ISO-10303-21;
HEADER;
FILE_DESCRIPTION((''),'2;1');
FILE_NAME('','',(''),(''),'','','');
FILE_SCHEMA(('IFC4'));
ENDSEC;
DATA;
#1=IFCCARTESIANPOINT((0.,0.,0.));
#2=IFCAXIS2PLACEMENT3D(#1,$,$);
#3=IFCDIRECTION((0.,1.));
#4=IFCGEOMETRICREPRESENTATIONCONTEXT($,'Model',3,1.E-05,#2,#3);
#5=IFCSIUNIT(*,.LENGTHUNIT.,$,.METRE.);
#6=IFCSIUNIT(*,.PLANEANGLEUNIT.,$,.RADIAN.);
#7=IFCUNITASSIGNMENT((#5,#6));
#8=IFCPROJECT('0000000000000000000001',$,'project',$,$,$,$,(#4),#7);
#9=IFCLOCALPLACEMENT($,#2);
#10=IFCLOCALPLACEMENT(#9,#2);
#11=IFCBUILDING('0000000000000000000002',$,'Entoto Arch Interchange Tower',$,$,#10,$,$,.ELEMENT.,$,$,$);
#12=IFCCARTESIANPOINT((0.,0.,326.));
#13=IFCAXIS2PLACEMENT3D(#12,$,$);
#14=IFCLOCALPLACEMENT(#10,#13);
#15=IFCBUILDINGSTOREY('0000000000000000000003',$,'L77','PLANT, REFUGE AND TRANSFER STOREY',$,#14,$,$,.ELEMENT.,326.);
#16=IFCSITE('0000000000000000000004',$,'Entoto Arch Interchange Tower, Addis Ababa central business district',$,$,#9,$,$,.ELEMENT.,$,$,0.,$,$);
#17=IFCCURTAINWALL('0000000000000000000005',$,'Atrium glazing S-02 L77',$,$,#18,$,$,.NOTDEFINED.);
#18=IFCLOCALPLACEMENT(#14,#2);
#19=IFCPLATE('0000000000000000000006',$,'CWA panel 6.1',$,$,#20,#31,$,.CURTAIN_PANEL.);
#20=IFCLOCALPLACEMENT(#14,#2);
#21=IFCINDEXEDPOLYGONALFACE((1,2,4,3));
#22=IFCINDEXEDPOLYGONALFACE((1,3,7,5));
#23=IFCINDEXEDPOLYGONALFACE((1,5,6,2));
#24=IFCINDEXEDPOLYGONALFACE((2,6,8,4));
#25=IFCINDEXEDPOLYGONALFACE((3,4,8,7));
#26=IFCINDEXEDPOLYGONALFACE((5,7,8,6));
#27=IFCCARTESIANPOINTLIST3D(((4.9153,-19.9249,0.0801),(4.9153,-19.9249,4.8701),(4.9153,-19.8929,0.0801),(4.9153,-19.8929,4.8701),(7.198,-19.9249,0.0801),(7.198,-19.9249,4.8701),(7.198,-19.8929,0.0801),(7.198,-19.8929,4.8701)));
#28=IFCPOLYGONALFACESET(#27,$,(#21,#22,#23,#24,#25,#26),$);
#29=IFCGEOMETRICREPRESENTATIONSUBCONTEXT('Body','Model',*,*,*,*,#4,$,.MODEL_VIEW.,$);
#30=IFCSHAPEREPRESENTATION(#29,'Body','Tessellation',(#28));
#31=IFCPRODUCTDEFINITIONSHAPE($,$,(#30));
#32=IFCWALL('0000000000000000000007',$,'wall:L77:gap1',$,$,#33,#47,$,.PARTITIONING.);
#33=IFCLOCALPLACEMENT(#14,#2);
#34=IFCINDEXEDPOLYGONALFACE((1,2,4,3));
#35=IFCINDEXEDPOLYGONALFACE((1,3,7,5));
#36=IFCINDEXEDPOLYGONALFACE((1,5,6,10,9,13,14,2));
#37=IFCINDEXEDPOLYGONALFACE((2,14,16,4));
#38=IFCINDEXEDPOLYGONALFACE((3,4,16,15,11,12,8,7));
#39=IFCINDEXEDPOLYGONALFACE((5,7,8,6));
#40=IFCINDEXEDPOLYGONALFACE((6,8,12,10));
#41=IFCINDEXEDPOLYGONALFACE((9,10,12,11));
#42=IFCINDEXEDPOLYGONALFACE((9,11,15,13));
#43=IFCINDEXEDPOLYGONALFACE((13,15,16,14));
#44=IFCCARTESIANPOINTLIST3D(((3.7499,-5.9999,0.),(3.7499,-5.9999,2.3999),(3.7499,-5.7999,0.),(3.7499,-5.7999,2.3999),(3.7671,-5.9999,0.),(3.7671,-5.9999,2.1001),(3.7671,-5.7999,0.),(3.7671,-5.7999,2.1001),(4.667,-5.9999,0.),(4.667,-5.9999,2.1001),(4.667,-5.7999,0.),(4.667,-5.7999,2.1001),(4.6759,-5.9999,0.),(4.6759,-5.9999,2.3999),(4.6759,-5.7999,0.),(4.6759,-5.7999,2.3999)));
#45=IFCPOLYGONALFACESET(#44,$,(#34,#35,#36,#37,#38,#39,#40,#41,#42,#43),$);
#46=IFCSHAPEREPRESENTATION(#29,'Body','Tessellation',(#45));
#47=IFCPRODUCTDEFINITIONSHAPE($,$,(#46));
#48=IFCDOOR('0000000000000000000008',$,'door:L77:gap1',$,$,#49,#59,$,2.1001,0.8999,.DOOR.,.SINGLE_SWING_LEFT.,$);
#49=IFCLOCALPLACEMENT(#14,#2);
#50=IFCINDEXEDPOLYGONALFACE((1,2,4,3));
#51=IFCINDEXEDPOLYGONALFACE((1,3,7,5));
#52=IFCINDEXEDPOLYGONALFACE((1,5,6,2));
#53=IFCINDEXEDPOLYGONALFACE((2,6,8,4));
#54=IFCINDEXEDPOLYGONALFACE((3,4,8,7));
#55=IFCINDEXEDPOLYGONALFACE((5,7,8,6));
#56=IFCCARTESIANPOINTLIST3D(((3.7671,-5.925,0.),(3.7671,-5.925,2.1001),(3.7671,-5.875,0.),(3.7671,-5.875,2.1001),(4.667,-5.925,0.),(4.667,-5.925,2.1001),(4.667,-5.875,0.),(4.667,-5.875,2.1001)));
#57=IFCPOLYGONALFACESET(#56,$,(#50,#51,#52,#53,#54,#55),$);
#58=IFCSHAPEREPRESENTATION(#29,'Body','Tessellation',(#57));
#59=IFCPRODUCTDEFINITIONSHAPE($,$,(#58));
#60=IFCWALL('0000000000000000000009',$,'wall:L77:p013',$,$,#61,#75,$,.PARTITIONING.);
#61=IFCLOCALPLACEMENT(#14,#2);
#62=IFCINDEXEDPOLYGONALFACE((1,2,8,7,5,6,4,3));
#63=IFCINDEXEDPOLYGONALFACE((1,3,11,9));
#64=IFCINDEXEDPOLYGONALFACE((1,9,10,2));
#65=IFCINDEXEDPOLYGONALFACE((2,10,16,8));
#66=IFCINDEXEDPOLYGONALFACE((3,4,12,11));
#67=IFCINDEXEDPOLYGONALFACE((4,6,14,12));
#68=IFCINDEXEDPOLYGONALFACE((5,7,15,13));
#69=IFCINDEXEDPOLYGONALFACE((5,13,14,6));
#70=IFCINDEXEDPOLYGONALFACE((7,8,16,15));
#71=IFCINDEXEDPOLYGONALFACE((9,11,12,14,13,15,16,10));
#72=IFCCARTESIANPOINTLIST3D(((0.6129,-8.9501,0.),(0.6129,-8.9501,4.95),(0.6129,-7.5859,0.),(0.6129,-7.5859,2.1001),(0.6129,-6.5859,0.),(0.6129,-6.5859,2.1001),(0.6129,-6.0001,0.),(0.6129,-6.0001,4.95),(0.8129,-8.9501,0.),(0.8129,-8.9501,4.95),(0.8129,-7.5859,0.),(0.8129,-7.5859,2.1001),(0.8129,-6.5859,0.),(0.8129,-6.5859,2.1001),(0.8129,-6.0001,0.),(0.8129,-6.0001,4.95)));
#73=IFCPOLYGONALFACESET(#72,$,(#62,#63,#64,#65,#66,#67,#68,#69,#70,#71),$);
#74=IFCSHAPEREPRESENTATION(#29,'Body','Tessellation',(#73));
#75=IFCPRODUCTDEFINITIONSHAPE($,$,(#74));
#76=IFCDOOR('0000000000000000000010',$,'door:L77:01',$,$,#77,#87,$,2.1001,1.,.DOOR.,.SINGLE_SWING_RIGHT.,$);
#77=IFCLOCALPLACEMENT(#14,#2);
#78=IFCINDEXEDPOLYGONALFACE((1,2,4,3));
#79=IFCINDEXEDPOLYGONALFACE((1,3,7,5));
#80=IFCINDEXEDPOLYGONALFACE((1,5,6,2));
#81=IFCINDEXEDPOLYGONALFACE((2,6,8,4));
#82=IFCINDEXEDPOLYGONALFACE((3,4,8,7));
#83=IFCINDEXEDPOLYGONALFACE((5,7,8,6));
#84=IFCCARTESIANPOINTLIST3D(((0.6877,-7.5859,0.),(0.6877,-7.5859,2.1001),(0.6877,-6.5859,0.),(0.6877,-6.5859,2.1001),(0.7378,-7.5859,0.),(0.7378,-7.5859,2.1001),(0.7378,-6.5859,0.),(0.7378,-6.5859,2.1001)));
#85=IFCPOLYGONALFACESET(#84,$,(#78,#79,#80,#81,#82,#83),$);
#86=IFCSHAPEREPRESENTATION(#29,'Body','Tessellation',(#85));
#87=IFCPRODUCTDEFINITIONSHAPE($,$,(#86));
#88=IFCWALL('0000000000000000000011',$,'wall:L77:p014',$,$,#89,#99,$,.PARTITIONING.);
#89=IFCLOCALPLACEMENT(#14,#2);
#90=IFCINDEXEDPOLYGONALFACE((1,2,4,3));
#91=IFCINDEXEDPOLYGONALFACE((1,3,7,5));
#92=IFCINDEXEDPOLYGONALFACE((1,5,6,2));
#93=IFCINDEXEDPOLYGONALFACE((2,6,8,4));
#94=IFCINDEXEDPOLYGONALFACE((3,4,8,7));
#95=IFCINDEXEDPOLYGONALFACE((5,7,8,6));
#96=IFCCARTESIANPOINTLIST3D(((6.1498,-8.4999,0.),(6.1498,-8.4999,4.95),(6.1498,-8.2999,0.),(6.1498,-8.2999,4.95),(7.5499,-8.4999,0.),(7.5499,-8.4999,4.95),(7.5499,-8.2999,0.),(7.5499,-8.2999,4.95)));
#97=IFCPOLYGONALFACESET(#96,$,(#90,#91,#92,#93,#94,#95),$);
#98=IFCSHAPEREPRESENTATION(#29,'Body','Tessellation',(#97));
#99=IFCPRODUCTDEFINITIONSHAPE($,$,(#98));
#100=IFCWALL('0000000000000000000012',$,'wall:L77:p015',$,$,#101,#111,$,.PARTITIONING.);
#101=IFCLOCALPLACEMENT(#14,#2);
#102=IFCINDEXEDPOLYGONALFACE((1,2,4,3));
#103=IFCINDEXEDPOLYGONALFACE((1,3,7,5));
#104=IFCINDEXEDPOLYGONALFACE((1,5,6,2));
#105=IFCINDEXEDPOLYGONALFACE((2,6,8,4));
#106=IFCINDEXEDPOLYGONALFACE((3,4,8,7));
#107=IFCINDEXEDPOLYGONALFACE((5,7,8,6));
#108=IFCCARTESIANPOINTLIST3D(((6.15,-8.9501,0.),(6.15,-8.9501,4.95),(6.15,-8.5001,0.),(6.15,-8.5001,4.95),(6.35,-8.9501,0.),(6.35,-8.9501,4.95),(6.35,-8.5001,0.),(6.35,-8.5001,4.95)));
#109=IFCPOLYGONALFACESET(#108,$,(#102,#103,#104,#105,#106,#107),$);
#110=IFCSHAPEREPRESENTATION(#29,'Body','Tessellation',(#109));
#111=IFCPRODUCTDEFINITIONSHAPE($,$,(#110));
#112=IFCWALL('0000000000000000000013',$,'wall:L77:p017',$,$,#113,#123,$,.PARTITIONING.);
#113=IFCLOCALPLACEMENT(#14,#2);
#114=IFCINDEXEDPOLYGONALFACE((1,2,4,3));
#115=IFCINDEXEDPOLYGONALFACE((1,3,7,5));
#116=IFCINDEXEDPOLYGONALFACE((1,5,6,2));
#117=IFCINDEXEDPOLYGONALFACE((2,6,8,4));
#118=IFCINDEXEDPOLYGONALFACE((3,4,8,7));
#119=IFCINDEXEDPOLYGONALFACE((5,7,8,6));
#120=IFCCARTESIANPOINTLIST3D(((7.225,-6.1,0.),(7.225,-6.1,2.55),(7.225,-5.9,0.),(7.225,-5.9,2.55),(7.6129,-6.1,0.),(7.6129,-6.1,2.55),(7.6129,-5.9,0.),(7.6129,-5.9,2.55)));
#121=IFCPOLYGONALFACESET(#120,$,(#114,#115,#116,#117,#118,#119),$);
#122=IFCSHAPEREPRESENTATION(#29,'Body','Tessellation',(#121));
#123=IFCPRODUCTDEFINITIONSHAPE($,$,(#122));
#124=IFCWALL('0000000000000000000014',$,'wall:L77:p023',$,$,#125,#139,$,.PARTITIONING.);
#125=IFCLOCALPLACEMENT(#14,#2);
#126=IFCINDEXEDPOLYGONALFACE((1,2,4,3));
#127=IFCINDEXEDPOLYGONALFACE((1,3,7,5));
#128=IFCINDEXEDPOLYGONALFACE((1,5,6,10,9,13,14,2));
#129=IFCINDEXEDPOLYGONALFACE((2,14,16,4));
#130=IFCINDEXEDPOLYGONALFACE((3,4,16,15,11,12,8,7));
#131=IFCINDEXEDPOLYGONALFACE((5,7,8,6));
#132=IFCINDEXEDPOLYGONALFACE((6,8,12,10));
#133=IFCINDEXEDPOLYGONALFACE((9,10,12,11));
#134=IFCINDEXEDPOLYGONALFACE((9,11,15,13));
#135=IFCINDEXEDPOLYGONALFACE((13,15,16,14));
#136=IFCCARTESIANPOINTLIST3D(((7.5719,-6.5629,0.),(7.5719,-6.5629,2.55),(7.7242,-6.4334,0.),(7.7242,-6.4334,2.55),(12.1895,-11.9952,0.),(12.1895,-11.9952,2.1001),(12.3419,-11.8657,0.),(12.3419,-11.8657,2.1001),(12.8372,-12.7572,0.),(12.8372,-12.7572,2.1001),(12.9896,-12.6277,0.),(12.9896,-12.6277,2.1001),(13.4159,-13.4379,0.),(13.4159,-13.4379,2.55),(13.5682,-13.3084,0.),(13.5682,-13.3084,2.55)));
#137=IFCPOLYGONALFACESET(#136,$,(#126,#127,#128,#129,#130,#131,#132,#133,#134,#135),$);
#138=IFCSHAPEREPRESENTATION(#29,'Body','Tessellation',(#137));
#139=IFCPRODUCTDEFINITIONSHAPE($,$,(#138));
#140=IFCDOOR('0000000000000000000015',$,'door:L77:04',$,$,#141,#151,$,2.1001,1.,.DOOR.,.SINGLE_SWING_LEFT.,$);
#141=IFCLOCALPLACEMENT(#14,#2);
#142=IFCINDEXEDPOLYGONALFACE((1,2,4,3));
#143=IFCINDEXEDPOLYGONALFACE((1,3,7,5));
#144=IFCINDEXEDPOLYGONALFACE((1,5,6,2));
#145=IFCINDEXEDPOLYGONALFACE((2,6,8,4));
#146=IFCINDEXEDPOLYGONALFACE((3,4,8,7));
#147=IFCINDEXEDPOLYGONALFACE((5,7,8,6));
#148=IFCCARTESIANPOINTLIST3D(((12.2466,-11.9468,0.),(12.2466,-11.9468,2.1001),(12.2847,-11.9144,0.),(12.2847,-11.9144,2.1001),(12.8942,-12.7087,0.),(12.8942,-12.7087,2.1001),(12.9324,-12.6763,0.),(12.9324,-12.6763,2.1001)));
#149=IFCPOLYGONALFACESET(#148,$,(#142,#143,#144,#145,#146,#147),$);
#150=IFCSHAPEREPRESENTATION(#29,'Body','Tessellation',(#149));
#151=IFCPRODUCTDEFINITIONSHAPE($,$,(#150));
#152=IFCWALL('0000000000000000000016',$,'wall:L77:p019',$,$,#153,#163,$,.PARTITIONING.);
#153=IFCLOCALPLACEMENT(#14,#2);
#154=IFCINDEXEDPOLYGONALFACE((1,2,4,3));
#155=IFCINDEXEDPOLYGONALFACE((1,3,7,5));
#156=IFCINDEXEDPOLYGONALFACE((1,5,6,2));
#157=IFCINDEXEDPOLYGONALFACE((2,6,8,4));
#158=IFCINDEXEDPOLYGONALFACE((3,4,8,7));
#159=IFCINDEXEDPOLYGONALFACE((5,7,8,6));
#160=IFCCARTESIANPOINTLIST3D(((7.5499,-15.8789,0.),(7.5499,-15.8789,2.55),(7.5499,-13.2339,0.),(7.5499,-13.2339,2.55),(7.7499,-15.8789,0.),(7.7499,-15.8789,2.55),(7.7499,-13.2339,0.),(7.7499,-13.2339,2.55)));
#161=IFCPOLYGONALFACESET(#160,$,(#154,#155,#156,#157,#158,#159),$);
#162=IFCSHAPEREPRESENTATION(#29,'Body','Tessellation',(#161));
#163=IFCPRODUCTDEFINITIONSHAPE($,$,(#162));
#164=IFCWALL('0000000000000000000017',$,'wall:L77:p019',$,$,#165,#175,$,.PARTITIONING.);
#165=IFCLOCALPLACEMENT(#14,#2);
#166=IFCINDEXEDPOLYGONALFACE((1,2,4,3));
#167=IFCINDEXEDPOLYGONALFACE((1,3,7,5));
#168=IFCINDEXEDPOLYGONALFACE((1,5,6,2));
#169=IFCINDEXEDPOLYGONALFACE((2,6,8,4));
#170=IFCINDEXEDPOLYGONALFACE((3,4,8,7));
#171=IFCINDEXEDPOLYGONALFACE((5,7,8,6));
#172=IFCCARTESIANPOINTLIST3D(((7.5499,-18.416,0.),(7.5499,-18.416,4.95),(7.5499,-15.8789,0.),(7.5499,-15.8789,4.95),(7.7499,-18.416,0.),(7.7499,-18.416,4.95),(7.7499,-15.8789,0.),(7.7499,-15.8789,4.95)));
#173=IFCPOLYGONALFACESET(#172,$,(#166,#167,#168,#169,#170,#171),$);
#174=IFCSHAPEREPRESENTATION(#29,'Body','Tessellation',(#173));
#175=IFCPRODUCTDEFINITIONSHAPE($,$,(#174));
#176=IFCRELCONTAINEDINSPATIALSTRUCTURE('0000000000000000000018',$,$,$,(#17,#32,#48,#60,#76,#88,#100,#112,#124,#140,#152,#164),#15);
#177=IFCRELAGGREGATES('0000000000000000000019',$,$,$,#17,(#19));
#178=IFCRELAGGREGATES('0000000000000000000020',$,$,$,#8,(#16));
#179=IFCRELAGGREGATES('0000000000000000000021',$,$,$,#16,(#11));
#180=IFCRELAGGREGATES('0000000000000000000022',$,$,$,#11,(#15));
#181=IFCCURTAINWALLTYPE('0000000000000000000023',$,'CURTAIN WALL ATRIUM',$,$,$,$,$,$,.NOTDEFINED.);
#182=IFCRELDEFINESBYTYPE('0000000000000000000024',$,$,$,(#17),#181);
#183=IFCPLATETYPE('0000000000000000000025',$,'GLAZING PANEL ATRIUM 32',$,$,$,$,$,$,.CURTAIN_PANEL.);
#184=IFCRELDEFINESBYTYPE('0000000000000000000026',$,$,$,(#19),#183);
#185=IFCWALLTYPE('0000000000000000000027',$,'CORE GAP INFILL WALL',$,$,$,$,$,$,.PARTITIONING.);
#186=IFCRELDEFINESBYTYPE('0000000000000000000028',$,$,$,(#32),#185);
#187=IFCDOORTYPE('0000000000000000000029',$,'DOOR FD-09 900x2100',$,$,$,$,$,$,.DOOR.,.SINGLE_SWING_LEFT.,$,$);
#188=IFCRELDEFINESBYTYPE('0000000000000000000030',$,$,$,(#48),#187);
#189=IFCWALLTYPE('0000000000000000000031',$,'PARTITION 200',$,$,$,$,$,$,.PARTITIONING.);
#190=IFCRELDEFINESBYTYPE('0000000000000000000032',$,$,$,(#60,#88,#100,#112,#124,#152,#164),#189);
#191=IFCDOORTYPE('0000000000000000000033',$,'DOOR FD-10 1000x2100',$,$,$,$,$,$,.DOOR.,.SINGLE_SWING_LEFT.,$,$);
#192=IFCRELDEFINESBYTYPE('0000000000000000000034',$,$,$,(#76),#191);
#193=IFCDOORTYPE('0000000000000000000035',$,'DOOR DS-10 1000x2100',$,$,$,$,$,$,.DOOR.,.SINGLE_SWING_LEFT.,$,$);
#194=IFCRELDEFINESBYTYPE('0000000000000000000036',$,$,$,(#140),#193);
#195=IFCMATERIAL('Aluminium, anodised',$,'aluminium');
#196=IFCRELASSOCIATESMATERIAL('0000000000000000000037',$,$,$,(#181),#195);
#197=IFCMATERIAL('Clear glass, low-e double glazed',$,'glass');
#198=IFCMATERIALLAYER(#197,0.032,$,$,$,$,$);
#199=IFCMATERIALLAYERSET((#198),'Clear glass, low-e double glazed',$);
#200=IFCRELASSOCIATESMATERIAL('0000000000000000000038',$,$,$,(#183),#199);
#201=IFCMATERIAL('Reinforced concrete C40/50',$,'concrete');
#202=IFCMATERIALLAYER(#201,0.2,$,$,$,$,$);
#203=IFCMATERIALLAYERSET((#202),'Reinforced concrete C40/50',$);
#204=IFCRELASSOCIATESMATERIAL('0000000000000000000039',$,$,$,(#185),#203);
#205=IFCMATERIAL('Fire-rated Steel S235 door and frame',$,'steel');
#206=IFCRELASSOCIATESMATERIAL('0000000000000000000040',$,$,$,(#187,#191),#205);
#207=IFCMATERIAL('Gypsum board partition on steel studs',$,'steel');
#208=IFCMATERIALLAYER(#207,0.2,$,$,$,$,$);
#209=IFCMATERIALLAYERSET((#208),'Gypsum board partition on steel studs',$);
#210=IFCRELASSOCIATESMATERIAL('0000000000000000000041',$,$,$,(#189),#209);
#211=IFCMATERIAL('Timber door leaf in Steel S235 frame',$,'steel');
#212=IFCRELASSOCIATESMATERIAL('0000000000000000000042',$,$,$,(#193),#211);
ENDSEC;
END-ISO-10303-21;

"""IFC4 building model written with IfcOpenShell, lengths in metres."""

from ifc_helpers import new_model, si_unit, direction, frame, frame_2d, origin, origin_2d, place, context, subcontext, project, spatial, rectangle, extrude, material, layer, layer_set, type_object, element, fill, aggregate, save


model = new_model("IFC4")

# Units and contexts
model_context = context("Model", 3, precision=1e-05, world=origin(), true_north=direction((0.0, 1.0)))
body_context = subcontext(model_context, "Body", "Model", "MODEL_VIEW")
ifc_project = project(units=[si_unit("LENGTHUNIT", "METRE"), si_unit("PLANEANGLEUNIT", "RADIAN")], contexts=[model_context])

# Site, building, storey
site_placement = place(None, origin())
site = spatial("IfcSite", under=ifc_project, at=site_placement, Name="Entoto Arch Interchange Tower, Addis Ababa central business district", CompositionType="ELEMENT", RefElevation=0.0)
building_placement = place(site_placement, origin())
building = spatial("IfcBuilding", under=site, at=building_placement, Name="Entoto Arch Interchange Tower", CompositionType="ELEMENT")
storey_placement = place(building_placement, frame((0.0, 0.0, 326.0)))
storey = spatial("IfcBuildingStorey", under=building, at=storey_placement, Name="L77", Description="PLANT, REFUGE AND TRANSFER STOREY", CompositionType="ELEMENT", Elevation=326.0)

# Curtain wall
ifc_material_1 = material(Name="Aluminium, anodised", Category="aluminium")
curtain_wall_type = type_object("IfcCurtainWallType", Name="CURTAIN WALL ATRIUM", PredefinedType="NOTDEFINED", material=ifc_material_1)
curtain_wall_placement = place(storey_placement, origin())
curtain_wall = element("IfcCurtainWall", 1, at=curtain_wall_placement, inside=storey, type_object=curtain_wall_type, Name="Atrium glazing S-02 L77", PredefinedType="NOTDEFINED")

# Plate
ifc_material_2 = material(Name="Clear glass, low-e double glazed", Category="glass")
ifc_layer_1 = layer(ifc_material_2, 0.032)
ifc_layer_set_1 = layer_set([ifc_layer_1], Name="Clear glass, low-e double glazed")
plate_type = type_object("IfcPlateType", Name="GLAZING PANEL ATRIUM 32", PredefinedType="CURTAIN_PANEL", material=ifc_layer_set_1)
plate_1_placement = place(storey_placement, frame((6.0566, -19.9089, 0.0801), z_axis=(0.0, 0.0, 1.0), x_axis=(1.0, 0.0, 0.0)))
plate_1 = element("IfcPlate", 2, at=plate_1_placement, type_object=plate_type, Name="CWA panel 6.1", PredefinedType="CURTAIN_PANEL", context=body_context, shape_type="SweptSolid", body=[
    extrude(rectangle(XDim=2.2827, YDim=0.032, at=origin_2d()), origin(), (0.0, 0.0, 1.0), 4.79),
])
aggregate(curtain_wall, [plate_1])

# Walls, openings, doors
ifc_material_3 = material(Name="Reinforced concrete C40/50", Category="concrete")
ifc_layer_2 = layer(ifc_material_3, 0.2)
ifc_layer_set_2 = layer_set([ifc_layer_2], Name="Reinforced concrete C40/50")
wall_type_1 = type_object("IfcWallType", Name="CORE GAP INFILL WALL", PredefinedType="PARTITIONING", material=ifc_layer_set_2)
wall_1_placement = place(storey_placement, frame((3.75, -5.8999, 0.0), z_axis=(0.0, 0.0, 1.0), x_axis=(1.0, 0.0, 0.0)))
wall_1 = element("IfcWall", 3, at=wall_1_placement, inside=storey, type_object=wall_type_1, Name="wall:L77:gap1", PredefinedType="PARTITIONING", context=body_context, shape_type="SweptSolid", body=[
    extrude(rectangle(XDim=0.926, YDim=0.2, at=frame_2d((0.4629, 0.0))), origin(), (0.0, 0.0, 1.0), 2.3999),
])
opening_1_placement = place(wall_1_placement, frame((0.0171, 0.0, 0.0)))
opening_1 = element("IfcOpeningElement", 4, at=opening_1_placement, cuts=wall_1, PredefinedType="OPENING", context=body_context, shape_type="SweptSolid", body=[
    extrude(rectangle(XDim=0.8999, YDim=2.1001, at=frame_2d((0.45, 1.05))), frame((0.0, 0.1099, 0.0), z_axis=(0.0, -1.0, 0.0), x_axis=(1.0, 0.0, 0.0)), (0.0, 0.0, 1.0), 0.22),
])
ifc_material_4 = material(Name="Fire-rated Steel S235 door and frame", Category="steel")
door_type_1 = type_object("IfcDoorType", Name="DOOR FD-09 900x2100", OperationType="SINGLE_SWING_LEFT", PredefinedType="DOOR", material=ifc_material_4)
door_1_placement = place(opening_1_placement, origin())
door_1 = element("IfcDoor", 5, at=door_1_placement, inside=storey, type_object=door_type_1, Name="door:L77:gap1", OperationType="SINGLE_SWING_LEFT", OverallHeight=2.1001, OverallWidth=0.8999, PredefinedType="DOOR", context=body_context, shape_type="SweptSolid", body=[
    extrude(rectangle(XDim=0.8999, YDim=2.1001, at=frame_2d((0.45, 1.05))), frame((0.0, 0.0249, 0.0), z_axis=(0.0, -1.0, 0.0), x_axis=(1.0, 0.0, 0.0)), (0.0, 0.0, 1.0), 0.05),
])
fill(opening_1, door_1)
ifc_material_5 = material(Name="Gypsum board partition on steel studs", Category="steel")
ifc_layer_3 = layer(ifc_material_5, 0.2)
ifc_layer_set_3 = layer_set([ifc_layer_3], Name="Gypsum board partition on steel studs")
wall_type_2 = type_object("IfcWallType", Name="PARTITION 200", PredefinedType="PARTITIONING", material=ifc_layer_set_3)
wall_2_placement = place(storey_placement, frame((0.7129, -6.0, 0.0), z_axis=(0.0, 0.0, 1.0), x_axis=(0.0, -1.0, 0.0)))
wall_2 = element("IfcWall", 6, at=wall_2_placement, inside=storey, type_object=wall_type_2, Name="wall:L77:p013", PredefinedType="PARTITIONING", context=body_context, shape_type="SweptSolid", body=[
    extrude(rectangle(XDim=2.95, YDim=0.2, at=frame_2d((1.4751, 0.0))), origin(), (0.0, 0.0, 1.0), 4.95),
])
opening_2_placement = place(wall_2_placement, frame((0.5859, 0.0, 0.0)))
opening_2 = element("IfcOpeningElement", 7, at=opening_2_placement, cuts=wall_2, PredefinedType="OPENING", context=body_context, shape_type="SweptSolid", body=[
    extrude(rectangle(XDim=1.0, YDim=2.1001, at=frame_2d((0.5, 1.05))), frame((0.0, 0.1099, 0.0), z_axis=(0.0, -1.0, 0.0), x_axis=(1.0, 0.0, 0.0)), (0.0, 0.0, 1.0), 0.22),
])
door_type_2 = type_object("IfcDoorType", Name="DOOR FD-10 1000x2100", OperationType="SINGLE_SWING_LEFT", PredefinedType="DOOR", material=ifc_material_4)
door_2_placement = place(opening_2_placement, origin())
door_2 = element("IfcDoor", 8, at=door_2_placement, inside=storey, type_object=door_type_2, Name="door:L77:01", OperationType="SINGLE_SWING_RIGHT", OverallHeight=2.1001, OverallWidth=1.0, PredefinedType="DOOR", context=body_context, shape_type="SweptSolid", body=[
    extrude(rectangle(XDim=1.0, YDim=2.1001, at=frame_2d((0.5, 1.05))), frame((0.0, 0.0249, 0.0), z_axis=(0.0, -1.0, 0.0), x_axis=(1.0, 0.0, 0.0)), (0.0, 0.0, 1.0), 0.05),
])
fill(opening_2, door_2)

# Walls
wall_3_placement = place(storey_placement, frame((7.55, -8.3999, 0.0), z_axis=(0.0, 0.0, 1.0), x_axis=(-1.0, 0.0, 0.0)))
element("IfcWall", 9, at=wall_3_placement, inside=storey, type_object=wall_type_2, Name="wall:L77:p014", PredefinedType="PARTITIONING", context=body_context, shape_type="SweptSolid", body=[
    extrude(rectangle(XDim=1.4001, YDim=0.2, at=frame_2d((0.7002, 0.0))), origin(), (0.0, 0.0, 1.0), 4.95),
])
wall_4_placement = place(storey_placement, frame((6.25, -8.5, 0.0), z_axis=(0.0, 0.0, 1.0), x_axis=(0.0, -1.0, 0.0)))
element("IfcWall", 10, at=wall_4_placement, inside=storey, type_object=wall_type_2, Name="wall:L77:p015", PredefinedType="PARTITIONING", context=body_context, shape_type="SweptSolid", body=[
    extrude(rectangle(XDim=0.45, YDim=0.2, at=frame_2d((0.2251, 0.0))), origin(), (0.0, 0.0, 1.0), 4.95),
])
wall_5_placement = place(storey_placement, frame((7.2251, -6.0, 0.0), z_axis=(0.0, 0.0, 1.0), x_axis=(1.0, 0.0, 0.0)))
element("IfcWall", 11, at=wall_5_placement, inside=storey, type_object=wall_type_2, Name="wall:L77:p017", PredefinedType="PARTITIONING", context=body_context, shape_type="SweptSolid", body=[
    extrude(rectangle(XDim=0.3879, YDim=0.2, at=frame_2d((0.1938, 0.0))), origin(), (0.0, 0.0, 1.0), 2.55),
])

# Wall, opening, door
wall_6_placement = place(storey_placement, frame((7.6479, -6.498, 0.0), z_axis=(0.0, 0.0, 1.0), x_axis=(0.647664, -0.761926, 0.0)))
wall_6 = element("IfcWall", 12, at=wall_6_placement, inside=storey, type_object=wall_type_2, Name="wall:L77:p023", PredefinedType="PARTITIONING", context=body_context, shape_type="SweptSolid", body=[
    extrude(rectangle(XDim=9.0232, YDim=0.2, at=frame_2d((4.5117, 0.0))), origin(), (0.0, 0.0, 1.0), 2.55),
])
opening_3_placement = place(wall_6_placement, frame((7.1299, 0.0, 0.0)))
opening_3 = element("IfcOpeningElement", 13, at=opening_3_placement, cuts=wall_6, PredefinedType="OPENING", context=body_context, shape_type="SweptSolid", body=[
    extrude(rectangle(XDim=1.0, YDim=2.1001, at=frame_2d((0.5, 1.05))), frame((0.0, 0.1099, 0.0), z_axis=(0.0, -1.0, 0.0), x_axis=(1.0, 0.0, 0.0)), (0.0, 0.0, 1.0), 0.22),
])
ifc_material_6 = material(Name="Timber door leaf in Steel S235 frame", Category="steel")
door_type_3 = type_object("IfcDoorType", Name="DOOR DS-10 1000x2100", OperationType="SINGLE_SWING_LEFT", PredefinedType="DOOR", material=ifc_material_6)
door_3_placement = place(opening_3_placement, origin())
door_3 = element("IfcDoor", 14, at=door_3_placement, inside=storey, type_object=door_type_3, Name="door:L77:04", OperationType="SINGLE_SWING_LEFT", OverallHeight=2.1001, OverallWidth=1.0, PredefinedType="DOOR", context=body_context, shape_type="SweptSolid", body=[
    extrude(rectangle(XDim=1.0, YDim=2.1001, at=frame_2d((0.5, 1.05))), frame((0.0, 0.0249, 0.0), z_axis=(0.0, -1.0, 0.0), x_axis=(1.0, 0.0, 0.0)), (0.0, 0.0, 1.0), 0.05),
])
fill(opening_3, door_3)

# Walls
wall_7_placement = place(storey_placement, frame((7.6499, -13.2339, 0.0), z_axis=(0.0, 0.0, 1.0), x_axis=(0.0, -1.0, 0.0)))
element("IfcWall", 15, at=wall_7_placement, inside=storey, type_object=wall_type_2, Name="wall:L77:p019", PredefinedType="PARTITIONING", context=body_context, shape_type="SweptSolid", body=[
    extrude(rectangle(XDim=2.645, YDim=0.2, at=frame_2d((1.3225, 0.0))), origin(), (0.0, 0.0, 1.0), 2.55),
])
wall_8_placement = place(storey_placement, frame((7.6499, -15.8789, 0.0), z_axis=(0.0, 0.0, 1.0), x_axis=(0.0, -1.0, 0.0)))
element("IfcWall", 16, at=wall_8_placement, inside=storey, type_object=wall_type_2, Name="wall:L77:p019", PredefinedType="PARTITIONING", context=body_context, shape_type="SweptSolid", body=[
    extrude(rectangle(XDim=2.5371, YDim=0.2, at=frame_2d((1.2686, 0.0))), origin(), (0.0, 0.0, 1.0), 4.95),
])

save(model, "model.ifc")
